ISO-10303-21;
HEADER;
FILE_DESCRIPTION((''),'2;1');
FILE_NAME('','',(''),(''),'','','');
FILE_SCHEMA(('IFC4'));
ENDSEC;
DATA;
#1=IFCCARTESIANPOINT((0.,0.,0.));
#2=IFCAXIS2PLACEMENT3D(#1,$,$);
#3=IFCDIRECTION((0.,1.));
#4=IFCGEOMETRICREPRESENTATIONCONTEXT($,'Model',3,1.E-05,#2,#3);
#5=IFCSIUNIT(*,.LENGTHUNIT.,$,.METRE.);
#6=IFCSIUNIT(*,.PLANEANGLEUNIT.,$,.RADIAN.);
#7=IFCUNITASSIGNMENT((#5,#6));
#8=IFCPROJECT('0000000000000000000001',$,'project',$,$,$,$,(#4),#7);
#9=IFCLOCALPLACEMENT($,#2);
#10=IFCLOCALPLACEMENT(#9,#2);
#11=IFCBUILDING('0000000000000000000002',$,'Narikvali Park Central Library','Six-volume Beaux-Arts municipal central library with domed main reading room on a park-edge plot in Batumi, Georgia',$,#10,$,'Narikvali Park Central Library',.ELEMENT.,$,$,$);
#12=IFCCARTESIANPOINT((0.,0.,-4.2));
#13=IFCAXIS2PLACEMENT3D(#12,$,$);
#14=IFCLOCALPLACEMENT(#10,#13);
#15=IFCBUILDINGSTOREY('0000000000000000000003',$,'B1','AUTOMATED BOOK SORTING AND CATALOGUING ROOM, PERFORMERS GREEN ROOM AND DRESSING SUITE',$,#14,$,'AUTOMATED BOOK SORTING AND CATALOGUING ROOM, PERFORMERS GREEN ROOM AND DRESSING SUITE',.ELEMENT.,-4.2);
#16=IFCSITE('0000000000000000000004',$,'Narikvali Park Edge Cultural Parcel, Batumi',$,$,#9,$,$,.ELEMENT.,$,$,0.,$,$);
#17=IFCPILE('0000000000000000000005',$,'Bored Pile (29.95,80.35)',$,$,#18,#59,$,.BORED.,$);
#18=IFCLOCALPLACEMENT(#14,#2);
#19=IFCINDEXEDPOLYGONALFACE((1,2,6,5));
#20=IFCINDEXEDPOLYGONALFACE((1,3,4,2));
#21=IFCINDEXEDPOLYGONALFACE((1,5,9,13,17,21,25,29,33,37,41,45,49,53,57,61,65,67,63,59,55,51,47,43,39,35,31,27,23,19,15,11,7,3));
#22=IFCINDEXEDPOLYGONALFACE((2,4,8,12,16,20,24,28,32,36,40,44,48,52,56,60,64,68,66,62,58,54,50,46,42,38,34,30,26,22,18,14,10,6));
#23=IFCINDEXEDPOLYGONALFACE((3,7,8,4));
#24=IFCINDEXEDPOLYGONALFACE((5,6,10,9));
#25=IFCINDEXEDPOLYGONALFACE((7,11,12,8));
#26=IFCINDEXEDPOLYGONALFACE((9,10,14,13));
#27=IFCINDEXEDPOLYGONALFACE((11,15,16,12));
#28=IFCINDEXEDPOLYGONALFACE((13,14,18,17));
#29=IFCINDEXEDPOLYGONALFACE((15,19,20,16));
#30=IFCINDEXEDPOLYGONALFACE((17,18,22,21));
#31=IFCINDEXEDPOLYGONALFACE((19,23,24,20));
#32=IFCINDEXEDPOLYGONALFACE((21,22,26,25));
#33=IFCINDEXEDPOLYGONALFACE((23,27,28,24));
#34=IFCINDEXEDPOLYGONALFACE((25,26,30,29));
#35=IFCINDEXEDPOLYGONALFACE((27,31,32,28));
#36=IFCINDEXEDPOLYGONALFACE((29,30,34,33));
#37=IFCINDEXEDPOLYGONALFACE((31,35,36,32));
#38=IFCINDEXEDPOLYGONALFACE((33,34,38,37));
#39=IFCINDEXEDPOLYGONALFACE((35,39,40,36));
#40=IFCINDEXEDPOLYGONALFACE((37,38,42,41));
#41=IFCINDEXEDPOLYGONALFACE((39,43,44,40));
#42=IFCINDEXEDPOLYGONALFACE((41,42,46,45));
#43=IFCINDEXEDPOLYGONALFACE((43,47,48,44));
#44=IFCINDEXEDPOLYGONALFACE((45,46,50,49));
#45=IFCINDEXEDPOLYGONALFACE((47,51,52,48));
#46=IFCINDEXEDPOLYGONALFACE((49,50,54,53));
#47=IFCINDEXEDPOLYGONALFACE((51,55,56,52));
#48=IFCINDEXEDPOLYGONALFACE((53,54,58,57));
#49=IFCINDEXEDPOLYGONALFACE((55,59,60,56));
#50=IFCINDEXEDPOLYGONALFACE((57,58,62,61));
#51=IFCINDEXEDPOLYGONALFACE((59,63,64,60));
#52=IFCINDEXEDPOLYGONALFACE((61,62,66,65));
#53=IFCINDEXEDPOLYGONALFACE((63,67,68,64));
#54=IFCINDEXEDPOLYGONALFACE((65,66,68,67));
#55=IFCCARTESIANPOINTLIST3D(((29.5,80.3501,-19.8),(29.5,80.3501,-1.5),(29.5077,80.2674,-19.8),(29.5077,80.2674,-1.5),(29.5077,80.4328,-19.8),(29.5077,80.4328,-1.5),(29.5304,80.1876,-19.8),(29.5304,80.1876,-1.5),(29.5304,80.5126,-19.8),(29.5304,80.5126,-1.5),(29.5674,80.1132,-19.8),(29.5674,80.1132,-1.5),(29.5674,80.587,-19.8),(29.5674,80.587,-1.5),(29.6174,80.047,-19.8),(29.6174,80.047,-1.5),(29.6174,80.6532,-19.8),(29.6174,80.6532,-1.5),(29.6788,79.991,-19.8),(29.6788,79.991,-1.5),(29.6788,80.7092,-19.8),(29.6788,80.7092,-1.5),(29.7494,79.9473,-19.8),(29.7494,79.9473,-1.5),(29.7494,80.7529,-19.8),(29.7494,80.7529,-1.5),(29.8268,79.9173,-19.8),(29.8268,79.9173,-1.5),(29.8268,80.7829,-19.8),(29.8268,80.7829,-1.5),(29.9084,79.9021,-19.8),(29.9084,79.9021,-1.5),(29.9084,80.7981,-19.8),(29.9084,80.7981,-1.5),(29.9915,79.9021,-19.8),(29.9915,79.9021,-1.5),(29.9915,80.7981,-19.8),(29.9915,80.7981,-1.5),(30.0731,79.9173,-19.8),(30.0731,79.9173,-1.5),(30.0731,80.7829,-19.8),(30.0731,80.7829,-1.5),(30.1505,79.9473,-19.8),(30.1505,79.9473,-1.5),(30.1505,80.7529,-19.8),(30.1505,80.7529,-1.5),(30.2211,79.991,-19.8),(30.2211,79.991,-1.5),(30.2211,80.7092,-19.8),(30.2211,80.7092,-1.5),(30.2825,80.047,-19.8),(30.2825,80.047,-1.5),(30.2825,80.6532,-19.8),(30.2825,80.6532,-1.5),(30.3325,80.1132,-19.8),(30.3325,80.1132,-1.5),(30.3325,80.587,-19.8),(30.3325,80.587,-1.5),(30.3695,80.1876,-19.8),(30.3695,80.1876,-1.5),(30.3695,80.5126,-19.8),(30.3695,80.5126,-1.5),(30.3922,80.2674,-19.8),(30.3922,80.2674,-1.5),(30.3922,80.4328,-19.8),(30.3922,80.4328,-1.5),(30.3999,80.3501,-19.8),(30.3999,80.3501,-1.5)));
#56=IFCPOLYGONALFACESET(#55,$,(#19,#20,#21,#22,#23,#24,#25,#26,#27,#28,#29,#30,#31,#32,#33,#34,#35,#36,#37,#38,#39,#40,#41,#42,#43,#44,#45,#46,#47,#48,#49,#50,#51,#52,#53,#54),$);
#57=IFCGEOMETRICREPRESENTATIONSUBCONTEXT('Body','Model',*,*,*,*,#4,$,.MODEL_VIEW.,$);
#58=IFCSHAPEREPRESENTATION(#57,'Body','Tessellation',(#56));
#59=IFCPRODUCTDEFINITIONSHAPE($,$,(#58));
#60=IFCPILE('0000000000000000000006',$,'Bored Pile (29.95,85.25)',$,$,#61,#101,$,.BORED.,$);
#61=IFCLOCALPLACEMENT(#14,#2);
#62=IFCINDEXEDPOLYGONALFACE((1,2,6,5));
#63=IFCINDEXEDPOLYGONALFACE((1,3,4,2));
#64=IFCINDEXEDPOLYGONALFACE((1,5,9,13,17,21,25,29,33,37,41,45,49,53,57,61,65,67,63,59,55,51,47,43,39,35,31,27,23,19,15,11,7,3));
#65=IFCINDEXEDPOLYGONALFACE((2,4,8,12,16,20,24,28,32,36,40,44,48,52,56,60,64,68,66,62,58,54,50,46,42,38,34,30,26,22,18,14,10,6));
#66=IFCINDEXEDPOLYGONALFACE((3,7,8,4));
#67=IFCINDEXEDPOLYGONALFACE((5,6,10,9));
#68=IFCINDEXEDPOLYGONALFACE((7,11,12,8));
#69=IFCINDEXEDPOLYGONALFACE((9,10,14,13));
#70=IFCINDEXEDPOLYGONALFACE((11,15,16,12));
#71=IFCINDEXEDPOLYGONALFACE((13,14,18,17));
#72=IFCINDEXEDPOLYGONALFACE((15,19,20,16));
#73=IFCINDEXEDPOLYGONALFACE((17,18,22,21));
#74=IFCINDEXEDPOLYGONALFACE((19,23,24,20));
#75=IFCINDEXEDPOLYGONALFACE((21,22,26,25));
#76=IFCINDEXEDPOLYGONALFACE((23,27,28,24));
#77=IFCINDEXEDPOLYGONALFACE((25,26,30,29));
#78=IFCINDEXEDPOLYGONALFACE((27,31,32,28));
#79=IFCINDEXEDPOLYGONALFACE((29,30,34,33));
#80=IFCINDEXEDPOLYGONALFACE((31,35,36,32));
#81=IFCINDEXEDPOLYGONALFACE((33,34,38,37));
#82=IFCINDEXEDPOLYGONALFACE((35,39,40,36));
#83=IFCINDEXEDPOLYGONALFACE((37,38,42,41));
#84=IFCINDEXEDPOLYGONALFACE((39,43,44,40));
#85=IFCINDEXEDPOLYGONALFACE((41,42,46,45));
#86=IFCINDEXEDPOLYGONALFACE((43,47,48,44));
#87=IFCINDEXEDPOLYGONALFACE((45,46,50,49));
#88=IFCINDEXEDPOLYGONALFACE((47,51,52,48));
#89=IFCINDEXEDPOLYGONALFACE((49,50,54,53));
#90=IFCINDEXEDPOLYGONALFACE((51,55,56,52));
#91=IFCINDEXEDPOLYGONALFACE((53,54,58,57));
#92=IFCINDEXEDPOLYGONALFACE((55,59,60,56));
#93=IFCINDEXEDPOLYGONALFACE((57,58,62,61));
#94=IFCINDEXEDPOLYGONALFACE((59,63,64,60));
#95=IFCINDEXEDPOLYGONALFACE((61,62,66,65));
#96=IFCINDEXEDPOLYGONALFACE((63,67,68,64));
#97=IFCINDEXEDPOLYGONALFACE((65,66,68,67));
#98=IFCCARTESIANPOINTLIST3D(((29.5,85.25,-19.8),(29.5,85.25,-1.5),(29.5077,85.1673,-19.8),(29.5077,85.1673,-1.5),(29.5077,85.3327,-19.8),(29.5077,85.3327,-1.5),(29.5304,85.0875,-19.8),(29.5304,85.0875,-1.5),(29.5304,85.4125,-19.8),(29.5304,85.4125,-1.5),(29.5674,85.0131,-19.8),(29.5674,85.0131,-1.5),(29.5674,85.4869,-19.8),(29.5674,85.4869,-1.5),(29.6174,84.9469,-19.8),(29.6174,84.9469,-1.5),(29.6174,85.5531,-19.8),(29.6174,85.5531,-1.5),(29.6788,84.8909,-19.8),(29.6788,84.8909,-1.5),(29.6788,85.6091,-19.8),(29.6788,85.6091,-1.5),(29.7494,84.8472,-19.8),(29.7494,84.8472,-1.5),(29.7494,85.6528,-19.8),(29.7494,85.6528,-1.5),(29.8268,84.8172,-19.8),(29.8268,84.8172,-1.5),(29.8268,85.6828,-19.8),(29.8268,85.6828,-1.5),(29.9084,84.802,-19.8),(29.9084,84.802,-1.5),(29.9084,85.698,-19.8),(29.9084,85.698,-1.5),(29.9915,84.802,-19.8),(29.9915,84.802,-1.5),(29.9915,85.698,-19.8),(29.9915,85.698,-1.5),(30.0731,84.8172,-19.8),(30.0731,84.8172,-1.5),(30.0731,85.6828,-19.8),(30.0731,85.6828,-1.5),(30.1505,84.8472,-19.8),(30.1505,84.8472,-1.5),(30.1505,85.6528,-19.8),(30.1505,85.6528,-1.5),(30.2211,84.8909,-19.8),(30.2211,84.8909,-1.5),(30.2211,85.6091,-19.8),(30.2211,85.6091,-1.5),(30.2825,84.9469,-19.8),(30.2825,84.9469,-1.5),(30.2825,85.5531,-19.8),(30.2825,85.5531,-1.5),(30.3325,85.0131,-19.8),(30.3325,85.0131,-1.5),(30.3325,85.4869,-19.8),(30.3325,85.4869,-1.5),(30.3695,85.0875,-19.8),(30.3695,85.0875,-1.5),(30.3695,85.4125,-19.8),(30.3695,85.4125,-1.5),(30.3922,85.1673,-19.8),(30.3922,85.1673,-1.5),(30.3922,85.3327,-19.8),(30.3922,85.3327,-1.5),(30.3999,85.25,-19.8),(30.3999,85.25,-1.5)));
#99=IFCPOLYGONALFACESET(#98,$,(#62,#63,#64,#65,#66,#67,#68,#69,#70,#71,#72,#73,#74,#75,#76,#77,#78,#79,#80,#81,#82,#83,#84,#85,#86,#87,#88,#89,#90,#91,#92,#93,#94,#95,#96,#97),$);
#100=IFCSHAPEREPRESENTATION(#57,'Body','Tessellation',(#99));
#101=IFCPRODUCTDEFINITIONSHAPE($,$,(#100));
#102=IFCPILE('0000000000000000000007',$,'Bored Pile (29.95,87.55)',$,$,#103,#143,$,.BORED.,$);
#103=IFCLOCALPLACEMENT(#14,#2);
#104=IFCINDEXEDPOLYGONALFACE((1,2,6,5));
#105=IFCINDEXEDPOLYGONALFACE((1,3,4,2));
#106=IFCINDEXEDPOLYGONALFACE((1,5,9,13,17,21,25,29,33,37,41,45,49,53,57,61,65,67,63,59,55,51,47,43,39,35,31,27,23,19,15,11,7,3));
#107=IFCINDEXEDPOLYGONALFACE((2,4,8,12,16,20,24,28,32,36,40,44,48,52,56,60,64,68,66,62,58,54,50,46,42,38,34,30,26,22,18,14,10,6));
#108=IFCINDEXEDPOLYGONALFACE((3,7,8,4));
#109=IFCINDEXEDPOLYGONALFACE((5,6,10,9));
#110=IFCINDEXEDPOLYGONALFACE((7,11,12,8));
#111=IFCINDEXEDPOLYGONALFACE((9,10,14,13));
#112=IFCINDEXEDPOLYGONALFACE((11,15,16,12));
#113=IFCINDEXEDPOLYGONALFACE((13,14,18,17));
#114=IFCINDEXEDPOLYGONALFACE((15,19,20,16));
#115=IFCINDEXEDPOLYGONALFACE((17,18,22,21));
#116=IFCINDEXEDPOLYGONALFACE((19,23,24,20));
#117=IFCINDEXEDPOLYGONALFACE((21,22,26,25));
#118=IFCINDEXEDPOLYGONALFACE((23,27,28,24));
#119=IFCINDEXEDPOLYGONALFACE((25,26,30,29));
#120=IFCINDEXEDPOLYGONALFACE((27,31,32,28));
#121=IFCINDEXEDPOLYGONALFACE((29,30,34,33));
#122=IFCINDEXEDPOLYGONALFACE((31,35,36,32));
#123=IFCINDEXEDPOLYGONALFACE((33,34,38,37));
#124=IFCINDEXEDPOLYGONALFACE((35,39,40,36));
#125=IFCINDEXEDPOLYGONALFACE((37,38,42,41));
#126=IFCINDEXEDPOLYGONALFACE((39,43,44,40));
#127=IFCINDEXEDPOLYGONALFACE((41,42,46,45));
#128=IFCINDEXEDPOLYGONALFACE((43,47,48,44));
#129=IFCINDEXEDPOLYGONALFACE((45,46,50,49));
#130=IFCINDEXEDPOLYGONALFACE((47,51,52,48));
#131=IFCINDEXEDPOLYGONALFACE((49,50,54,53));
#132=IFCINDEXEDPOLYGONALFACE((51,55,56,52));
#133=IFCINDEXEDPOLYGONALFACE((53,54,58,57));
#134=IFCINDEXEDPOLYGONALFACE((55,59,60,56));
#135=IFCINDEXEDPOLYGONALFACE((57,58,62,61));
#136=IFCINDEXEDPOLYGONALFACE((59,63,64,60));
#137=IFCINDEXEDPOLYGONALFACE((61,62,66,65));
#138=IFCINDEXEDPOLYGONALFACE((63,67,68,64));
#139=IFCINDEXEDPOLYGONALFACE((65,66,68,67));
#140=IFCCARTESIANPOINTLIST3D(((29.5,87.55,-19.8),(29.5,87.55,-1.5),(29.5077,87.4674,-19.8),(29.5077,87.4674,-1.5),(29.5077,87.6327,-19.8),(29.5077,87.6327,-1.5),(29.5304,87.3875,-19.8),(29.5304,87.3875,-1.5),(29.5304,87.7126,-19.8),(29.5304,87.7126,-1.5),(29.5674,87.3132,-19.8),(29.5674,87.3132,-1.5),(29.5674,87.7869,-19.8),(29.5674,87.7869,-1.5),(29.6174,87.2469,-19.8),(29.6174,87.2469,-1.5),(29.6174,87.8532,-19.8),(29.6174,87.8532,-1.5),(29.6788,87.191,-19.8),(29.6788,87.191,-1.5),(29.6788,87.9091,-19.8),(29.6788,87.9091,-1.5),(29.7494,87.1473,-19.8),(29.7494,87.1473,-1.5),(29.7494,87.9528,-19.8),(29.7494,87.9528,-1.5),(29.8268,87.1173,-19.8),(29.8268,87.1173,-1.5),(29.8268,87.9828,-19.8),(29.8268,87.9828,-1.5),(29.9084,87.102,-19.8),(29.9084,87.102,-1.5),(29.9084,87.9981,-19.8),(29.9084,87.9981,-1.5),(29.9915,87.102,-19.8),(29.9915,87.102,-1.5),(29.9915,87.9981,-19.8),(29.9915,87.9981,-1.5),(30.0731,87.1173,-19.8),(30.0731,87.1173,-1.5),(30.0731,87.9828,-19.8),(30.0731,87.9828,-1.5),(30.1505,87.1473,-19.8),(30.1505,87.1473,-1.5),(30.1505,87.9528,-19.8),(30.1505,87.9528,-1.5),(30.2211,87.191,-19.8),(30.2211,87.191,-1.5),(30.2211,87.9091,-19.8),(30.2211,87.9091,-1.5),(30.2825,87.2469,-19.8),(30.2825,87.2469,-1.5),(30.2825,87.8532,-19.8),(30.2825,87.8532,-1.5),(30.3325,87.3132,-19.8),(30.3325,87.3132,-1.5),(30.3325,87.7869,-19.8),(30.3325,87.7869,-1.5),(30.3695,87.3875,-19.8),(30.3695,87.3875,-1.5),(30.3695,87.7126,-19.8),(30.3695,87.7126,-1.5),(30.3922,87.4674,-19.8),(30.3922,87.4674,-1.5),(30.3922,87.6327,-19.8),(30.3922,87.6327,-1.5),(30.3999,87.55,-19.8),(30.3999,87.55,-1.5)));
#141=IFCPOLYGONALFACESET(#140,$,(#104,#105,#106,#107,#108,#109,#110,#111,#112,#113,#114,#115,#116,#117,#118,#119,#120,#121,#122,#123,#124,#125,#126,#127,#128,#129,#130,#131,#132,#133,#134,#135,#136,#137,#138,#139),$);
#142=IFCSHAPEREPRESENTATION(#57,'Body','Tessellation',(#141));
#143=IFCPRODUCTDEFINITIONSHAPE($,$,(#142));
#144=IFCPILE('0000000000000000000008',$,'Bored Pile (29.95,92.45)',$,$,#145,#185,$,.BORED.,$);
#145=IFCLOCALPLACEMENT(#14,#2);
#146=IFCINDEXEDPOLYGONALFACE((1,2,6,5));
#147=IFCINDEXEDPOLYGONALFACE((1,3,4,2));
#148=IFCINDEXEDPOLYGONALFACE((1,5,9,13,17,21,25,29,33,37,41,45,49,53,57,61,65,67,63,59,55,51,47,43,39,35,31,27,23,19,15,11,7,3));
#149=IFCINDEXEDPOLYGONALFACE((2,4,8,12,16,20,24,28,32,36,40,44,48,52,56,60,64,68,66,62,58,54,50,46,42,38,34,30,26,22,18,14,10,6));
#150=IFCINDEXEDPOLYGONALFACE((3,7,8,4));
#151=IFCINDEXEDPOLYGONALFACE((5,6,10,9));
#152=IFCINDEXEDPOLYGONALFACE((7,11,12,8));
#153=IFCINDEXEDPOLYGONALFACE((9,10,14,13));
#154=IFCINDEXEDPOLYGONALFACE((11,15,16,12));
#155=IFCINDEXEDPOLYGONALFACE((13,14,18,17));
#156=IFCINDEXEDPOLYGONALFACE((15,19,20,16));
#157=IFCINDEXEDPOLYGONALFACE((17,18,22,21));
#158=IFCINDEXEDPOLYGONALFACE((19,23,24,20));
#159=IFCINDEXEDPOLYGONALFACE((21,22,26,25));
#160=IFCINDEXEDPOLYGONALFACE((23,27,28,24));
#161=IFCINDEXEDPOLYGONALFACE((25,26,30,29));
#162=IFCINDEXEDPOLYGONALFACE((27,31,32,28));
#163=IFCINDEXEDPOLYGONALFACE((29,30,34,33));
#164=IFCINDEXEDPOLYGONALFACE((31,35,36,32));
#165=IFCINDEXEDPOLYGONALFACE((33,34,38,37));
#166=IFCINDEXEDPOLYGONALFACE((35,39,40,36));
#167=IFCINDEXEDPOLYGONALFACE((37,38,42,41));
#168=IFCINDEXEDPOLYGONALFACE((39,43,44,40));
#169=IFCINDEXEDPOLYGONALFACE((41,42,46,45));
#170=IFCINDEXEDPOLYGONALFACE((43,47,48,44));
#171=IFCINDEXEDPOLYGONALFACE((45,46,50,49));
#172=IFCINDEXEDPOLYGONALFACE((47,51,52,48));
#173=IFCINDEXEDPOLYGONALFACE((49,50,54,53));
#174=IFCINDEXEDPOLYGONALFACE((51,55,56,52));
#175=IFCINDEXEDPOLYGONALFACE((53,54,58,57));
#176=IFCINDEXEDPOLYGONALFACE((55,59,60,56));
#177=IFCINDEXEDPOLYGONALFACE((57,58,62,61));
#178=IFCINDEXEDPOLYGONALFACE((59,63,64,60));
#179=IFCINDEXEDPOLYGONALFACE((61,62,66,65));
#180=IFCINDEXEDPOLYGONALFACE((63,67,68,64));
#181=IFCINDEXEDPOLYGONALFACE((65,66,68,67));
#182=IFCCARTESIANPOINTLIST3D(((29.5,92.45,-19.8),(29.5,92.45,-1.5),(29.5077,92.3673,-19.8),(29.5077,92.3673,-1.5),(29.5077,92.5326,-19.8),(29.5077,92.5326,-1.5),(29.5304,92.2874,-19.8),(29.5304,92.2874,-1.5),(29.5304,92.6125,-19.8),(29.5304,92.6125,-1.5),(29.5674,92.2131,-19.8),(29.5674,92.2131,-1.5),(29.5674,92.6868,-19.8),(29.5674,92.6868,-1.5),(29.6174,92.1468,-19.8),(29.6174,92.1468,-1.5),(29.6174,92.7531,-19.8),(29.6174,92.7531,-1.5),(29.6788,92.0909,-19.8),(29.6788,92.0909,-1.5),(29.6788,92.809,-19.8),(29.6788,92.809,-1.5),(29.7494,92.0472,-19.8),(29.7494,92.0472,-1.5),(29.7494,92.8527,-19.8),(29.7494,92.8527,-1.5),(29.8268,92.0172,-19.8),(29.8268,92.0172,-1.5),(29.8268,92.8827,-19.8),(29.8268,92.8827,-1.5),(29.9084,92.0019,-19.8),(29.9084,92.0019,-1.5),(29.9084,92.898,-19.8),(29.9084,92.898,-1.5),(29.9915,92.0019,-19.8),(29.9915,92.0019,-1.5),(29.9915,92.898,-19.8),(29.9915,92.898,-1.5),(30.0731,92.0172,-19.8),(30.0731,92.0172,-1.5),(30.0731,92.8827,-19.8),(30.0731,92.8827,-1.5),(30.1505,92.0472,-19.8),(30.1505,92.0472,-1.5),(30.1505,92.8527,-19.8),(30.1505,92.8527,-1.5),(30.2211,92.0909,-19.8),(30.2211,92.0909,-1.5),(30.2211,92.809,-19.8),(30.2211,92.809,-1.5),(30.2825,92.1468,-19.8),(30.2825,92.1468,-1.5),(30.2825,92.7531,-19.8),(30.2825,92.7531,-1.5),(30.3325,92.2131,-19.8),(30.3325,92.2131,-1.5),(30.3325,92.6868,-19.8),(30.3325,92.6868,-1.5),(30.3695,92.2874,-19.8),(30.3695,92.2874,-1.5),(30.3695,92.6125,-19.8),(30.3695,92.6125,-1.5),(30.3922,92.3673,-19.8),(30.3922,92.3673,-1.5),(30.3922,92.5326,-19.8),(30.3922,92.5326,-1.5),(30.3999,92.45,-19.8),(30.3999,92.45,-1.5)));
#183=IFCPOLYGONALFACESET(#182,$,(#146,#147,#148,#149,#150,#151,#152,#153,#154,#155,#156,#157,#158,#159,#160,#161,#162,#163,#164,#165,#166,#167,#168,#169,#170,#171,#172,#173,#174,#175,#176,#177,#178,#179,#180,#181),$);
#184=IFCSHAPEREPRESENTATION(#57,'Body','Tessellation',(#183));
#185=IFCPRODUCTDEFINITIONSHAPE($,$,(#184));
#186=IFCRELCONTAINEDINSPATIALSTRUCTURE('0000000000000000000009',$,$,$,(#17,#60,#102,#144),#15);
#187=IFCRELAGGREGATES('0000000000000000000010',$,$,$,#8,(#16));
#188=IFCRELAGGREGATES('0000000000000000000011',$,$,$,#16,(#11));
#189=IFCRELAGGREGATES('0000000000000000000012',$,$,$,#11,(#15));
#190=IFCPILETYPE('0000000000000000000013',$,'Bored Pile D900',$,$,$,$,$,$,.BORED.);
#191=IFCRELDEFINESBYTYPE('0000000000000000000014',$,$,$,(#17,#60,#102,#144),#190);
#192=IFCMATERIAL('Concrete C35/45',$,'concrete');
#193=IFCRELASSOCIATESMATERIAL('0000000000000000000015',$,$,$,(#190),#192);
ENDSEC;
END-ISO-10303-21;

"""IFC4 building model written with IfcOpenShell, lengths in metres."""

from ifc_helpers import new_model, si_unit, direction, frame, origin, origin_2d, place, context, subcontext, project, spatial, circle, extrude, material, material_profile, profile_set, type_object, element, save


model = new_model("IFC4")

# Units and contexts
model_context = context("Model", 3, precision=1e-05, world=origin(), true_north=direction((0.0, 1.0)))
body_context = subcontext(model_context, "Body", "Model", "MODEL_VIEW")
ifc_project = project(units=[si_unit("LENGTHUNIT", "METRE"), si_unit("PLANEANGLEUNIT", "RADIAN")], contexts=[model_context])

# Site, building, storey
site_placement = place(None, origin())
site = spatial("IfcSite", under=ifc_project, at=site_placement, Name="Narikvali Park Edge Cultural Parcel, Batumi", CompositionType="ELEMENT", RefElevation=0.0)
building_placement = place(site_placement, origin())
building = spatial("IfcBuilding", under=site, at=building_placement, Name="Narikvali Park Central Library", Description="Six-volume Beaux-Arts municipal central library with domed main reading room on a park-edge plot in Batumi, Georgia", LongName="Narikvali Park Central Library", CompositionType="ELEMENT")
storey_placement = place(building_placement, frame((0.0, 0.0, -4.2)))
storey = spatial("IfcBuildingStorey", under=building, at=storey_placement, Name="B1", Description="AUTOMATED BOOK SORTING AND CATALOGUING ROOM, PERFORMERS GREEN ROOM AND DRESSING SUITE", LongName="AUTOMATED BOOK SORTING AND CATALOGUING ROOM, PERFORMERS GREEN ROOM AND DRESSING SUITE", CompositionType="ELEMENT", Elevation=-4.2)

# Piles
ifc_material_1 = material(Name="Concrete C35/45", Category="concrete")
ifc_material_profile_1 = material_profile(ifc_material_1, circle(Radius=0.45, at=origin_2d()), Name="PILE D900")
ifc_profile_set_1 = profile_set([ifc_material_profile_1], Name="Concrete C35/45")
pile_type = type_object("IfcPileType", Name="Bored Pile D900", PredefinedType="BORED", material=ifc_profile_set_1)
for number, where, z_axis, x_axis, name in (
    (1, (29.95, 80.3501, -1.5), (0.0, 0.0, -1.0), (1.0, 0.0, 0.0), "Bored Pile (29.95,80.35)"),
    (2, (29.95, 85.25, -1.5), (0.0, 0.0, -1.0), (1.0, 0.0, 0.0), "Bored Pile (29.95,85.25)"),
    (3, (29.95, 87.55, -1.5), (0.0, 0.0, -1.0), (1.0, 0.0, 0.0), "Bored Pile (29.95,87.55)"),
    (4, (29.95, 92.45, -1.5), (0.0, 0.0, -1.0), (1.0, 0.0, 0.0), "Bored Pile (29.95,92.45)"),
):
    element("IfcPile", number, at=place(storey_placement, frame(where, z_axis=z_axis, x_axis=x_axis)), inside=storey, type_object=pile_type, Name=name, PredefinedType="BORED", context=body_context, shape_type="SweptSolid", body=[
        extrude(circle(Radius=0.45, at=origin_2d()), origin(), (0.0, 0.0, 1.0), 18.3),
    ])

save(model, "model.ifc")
